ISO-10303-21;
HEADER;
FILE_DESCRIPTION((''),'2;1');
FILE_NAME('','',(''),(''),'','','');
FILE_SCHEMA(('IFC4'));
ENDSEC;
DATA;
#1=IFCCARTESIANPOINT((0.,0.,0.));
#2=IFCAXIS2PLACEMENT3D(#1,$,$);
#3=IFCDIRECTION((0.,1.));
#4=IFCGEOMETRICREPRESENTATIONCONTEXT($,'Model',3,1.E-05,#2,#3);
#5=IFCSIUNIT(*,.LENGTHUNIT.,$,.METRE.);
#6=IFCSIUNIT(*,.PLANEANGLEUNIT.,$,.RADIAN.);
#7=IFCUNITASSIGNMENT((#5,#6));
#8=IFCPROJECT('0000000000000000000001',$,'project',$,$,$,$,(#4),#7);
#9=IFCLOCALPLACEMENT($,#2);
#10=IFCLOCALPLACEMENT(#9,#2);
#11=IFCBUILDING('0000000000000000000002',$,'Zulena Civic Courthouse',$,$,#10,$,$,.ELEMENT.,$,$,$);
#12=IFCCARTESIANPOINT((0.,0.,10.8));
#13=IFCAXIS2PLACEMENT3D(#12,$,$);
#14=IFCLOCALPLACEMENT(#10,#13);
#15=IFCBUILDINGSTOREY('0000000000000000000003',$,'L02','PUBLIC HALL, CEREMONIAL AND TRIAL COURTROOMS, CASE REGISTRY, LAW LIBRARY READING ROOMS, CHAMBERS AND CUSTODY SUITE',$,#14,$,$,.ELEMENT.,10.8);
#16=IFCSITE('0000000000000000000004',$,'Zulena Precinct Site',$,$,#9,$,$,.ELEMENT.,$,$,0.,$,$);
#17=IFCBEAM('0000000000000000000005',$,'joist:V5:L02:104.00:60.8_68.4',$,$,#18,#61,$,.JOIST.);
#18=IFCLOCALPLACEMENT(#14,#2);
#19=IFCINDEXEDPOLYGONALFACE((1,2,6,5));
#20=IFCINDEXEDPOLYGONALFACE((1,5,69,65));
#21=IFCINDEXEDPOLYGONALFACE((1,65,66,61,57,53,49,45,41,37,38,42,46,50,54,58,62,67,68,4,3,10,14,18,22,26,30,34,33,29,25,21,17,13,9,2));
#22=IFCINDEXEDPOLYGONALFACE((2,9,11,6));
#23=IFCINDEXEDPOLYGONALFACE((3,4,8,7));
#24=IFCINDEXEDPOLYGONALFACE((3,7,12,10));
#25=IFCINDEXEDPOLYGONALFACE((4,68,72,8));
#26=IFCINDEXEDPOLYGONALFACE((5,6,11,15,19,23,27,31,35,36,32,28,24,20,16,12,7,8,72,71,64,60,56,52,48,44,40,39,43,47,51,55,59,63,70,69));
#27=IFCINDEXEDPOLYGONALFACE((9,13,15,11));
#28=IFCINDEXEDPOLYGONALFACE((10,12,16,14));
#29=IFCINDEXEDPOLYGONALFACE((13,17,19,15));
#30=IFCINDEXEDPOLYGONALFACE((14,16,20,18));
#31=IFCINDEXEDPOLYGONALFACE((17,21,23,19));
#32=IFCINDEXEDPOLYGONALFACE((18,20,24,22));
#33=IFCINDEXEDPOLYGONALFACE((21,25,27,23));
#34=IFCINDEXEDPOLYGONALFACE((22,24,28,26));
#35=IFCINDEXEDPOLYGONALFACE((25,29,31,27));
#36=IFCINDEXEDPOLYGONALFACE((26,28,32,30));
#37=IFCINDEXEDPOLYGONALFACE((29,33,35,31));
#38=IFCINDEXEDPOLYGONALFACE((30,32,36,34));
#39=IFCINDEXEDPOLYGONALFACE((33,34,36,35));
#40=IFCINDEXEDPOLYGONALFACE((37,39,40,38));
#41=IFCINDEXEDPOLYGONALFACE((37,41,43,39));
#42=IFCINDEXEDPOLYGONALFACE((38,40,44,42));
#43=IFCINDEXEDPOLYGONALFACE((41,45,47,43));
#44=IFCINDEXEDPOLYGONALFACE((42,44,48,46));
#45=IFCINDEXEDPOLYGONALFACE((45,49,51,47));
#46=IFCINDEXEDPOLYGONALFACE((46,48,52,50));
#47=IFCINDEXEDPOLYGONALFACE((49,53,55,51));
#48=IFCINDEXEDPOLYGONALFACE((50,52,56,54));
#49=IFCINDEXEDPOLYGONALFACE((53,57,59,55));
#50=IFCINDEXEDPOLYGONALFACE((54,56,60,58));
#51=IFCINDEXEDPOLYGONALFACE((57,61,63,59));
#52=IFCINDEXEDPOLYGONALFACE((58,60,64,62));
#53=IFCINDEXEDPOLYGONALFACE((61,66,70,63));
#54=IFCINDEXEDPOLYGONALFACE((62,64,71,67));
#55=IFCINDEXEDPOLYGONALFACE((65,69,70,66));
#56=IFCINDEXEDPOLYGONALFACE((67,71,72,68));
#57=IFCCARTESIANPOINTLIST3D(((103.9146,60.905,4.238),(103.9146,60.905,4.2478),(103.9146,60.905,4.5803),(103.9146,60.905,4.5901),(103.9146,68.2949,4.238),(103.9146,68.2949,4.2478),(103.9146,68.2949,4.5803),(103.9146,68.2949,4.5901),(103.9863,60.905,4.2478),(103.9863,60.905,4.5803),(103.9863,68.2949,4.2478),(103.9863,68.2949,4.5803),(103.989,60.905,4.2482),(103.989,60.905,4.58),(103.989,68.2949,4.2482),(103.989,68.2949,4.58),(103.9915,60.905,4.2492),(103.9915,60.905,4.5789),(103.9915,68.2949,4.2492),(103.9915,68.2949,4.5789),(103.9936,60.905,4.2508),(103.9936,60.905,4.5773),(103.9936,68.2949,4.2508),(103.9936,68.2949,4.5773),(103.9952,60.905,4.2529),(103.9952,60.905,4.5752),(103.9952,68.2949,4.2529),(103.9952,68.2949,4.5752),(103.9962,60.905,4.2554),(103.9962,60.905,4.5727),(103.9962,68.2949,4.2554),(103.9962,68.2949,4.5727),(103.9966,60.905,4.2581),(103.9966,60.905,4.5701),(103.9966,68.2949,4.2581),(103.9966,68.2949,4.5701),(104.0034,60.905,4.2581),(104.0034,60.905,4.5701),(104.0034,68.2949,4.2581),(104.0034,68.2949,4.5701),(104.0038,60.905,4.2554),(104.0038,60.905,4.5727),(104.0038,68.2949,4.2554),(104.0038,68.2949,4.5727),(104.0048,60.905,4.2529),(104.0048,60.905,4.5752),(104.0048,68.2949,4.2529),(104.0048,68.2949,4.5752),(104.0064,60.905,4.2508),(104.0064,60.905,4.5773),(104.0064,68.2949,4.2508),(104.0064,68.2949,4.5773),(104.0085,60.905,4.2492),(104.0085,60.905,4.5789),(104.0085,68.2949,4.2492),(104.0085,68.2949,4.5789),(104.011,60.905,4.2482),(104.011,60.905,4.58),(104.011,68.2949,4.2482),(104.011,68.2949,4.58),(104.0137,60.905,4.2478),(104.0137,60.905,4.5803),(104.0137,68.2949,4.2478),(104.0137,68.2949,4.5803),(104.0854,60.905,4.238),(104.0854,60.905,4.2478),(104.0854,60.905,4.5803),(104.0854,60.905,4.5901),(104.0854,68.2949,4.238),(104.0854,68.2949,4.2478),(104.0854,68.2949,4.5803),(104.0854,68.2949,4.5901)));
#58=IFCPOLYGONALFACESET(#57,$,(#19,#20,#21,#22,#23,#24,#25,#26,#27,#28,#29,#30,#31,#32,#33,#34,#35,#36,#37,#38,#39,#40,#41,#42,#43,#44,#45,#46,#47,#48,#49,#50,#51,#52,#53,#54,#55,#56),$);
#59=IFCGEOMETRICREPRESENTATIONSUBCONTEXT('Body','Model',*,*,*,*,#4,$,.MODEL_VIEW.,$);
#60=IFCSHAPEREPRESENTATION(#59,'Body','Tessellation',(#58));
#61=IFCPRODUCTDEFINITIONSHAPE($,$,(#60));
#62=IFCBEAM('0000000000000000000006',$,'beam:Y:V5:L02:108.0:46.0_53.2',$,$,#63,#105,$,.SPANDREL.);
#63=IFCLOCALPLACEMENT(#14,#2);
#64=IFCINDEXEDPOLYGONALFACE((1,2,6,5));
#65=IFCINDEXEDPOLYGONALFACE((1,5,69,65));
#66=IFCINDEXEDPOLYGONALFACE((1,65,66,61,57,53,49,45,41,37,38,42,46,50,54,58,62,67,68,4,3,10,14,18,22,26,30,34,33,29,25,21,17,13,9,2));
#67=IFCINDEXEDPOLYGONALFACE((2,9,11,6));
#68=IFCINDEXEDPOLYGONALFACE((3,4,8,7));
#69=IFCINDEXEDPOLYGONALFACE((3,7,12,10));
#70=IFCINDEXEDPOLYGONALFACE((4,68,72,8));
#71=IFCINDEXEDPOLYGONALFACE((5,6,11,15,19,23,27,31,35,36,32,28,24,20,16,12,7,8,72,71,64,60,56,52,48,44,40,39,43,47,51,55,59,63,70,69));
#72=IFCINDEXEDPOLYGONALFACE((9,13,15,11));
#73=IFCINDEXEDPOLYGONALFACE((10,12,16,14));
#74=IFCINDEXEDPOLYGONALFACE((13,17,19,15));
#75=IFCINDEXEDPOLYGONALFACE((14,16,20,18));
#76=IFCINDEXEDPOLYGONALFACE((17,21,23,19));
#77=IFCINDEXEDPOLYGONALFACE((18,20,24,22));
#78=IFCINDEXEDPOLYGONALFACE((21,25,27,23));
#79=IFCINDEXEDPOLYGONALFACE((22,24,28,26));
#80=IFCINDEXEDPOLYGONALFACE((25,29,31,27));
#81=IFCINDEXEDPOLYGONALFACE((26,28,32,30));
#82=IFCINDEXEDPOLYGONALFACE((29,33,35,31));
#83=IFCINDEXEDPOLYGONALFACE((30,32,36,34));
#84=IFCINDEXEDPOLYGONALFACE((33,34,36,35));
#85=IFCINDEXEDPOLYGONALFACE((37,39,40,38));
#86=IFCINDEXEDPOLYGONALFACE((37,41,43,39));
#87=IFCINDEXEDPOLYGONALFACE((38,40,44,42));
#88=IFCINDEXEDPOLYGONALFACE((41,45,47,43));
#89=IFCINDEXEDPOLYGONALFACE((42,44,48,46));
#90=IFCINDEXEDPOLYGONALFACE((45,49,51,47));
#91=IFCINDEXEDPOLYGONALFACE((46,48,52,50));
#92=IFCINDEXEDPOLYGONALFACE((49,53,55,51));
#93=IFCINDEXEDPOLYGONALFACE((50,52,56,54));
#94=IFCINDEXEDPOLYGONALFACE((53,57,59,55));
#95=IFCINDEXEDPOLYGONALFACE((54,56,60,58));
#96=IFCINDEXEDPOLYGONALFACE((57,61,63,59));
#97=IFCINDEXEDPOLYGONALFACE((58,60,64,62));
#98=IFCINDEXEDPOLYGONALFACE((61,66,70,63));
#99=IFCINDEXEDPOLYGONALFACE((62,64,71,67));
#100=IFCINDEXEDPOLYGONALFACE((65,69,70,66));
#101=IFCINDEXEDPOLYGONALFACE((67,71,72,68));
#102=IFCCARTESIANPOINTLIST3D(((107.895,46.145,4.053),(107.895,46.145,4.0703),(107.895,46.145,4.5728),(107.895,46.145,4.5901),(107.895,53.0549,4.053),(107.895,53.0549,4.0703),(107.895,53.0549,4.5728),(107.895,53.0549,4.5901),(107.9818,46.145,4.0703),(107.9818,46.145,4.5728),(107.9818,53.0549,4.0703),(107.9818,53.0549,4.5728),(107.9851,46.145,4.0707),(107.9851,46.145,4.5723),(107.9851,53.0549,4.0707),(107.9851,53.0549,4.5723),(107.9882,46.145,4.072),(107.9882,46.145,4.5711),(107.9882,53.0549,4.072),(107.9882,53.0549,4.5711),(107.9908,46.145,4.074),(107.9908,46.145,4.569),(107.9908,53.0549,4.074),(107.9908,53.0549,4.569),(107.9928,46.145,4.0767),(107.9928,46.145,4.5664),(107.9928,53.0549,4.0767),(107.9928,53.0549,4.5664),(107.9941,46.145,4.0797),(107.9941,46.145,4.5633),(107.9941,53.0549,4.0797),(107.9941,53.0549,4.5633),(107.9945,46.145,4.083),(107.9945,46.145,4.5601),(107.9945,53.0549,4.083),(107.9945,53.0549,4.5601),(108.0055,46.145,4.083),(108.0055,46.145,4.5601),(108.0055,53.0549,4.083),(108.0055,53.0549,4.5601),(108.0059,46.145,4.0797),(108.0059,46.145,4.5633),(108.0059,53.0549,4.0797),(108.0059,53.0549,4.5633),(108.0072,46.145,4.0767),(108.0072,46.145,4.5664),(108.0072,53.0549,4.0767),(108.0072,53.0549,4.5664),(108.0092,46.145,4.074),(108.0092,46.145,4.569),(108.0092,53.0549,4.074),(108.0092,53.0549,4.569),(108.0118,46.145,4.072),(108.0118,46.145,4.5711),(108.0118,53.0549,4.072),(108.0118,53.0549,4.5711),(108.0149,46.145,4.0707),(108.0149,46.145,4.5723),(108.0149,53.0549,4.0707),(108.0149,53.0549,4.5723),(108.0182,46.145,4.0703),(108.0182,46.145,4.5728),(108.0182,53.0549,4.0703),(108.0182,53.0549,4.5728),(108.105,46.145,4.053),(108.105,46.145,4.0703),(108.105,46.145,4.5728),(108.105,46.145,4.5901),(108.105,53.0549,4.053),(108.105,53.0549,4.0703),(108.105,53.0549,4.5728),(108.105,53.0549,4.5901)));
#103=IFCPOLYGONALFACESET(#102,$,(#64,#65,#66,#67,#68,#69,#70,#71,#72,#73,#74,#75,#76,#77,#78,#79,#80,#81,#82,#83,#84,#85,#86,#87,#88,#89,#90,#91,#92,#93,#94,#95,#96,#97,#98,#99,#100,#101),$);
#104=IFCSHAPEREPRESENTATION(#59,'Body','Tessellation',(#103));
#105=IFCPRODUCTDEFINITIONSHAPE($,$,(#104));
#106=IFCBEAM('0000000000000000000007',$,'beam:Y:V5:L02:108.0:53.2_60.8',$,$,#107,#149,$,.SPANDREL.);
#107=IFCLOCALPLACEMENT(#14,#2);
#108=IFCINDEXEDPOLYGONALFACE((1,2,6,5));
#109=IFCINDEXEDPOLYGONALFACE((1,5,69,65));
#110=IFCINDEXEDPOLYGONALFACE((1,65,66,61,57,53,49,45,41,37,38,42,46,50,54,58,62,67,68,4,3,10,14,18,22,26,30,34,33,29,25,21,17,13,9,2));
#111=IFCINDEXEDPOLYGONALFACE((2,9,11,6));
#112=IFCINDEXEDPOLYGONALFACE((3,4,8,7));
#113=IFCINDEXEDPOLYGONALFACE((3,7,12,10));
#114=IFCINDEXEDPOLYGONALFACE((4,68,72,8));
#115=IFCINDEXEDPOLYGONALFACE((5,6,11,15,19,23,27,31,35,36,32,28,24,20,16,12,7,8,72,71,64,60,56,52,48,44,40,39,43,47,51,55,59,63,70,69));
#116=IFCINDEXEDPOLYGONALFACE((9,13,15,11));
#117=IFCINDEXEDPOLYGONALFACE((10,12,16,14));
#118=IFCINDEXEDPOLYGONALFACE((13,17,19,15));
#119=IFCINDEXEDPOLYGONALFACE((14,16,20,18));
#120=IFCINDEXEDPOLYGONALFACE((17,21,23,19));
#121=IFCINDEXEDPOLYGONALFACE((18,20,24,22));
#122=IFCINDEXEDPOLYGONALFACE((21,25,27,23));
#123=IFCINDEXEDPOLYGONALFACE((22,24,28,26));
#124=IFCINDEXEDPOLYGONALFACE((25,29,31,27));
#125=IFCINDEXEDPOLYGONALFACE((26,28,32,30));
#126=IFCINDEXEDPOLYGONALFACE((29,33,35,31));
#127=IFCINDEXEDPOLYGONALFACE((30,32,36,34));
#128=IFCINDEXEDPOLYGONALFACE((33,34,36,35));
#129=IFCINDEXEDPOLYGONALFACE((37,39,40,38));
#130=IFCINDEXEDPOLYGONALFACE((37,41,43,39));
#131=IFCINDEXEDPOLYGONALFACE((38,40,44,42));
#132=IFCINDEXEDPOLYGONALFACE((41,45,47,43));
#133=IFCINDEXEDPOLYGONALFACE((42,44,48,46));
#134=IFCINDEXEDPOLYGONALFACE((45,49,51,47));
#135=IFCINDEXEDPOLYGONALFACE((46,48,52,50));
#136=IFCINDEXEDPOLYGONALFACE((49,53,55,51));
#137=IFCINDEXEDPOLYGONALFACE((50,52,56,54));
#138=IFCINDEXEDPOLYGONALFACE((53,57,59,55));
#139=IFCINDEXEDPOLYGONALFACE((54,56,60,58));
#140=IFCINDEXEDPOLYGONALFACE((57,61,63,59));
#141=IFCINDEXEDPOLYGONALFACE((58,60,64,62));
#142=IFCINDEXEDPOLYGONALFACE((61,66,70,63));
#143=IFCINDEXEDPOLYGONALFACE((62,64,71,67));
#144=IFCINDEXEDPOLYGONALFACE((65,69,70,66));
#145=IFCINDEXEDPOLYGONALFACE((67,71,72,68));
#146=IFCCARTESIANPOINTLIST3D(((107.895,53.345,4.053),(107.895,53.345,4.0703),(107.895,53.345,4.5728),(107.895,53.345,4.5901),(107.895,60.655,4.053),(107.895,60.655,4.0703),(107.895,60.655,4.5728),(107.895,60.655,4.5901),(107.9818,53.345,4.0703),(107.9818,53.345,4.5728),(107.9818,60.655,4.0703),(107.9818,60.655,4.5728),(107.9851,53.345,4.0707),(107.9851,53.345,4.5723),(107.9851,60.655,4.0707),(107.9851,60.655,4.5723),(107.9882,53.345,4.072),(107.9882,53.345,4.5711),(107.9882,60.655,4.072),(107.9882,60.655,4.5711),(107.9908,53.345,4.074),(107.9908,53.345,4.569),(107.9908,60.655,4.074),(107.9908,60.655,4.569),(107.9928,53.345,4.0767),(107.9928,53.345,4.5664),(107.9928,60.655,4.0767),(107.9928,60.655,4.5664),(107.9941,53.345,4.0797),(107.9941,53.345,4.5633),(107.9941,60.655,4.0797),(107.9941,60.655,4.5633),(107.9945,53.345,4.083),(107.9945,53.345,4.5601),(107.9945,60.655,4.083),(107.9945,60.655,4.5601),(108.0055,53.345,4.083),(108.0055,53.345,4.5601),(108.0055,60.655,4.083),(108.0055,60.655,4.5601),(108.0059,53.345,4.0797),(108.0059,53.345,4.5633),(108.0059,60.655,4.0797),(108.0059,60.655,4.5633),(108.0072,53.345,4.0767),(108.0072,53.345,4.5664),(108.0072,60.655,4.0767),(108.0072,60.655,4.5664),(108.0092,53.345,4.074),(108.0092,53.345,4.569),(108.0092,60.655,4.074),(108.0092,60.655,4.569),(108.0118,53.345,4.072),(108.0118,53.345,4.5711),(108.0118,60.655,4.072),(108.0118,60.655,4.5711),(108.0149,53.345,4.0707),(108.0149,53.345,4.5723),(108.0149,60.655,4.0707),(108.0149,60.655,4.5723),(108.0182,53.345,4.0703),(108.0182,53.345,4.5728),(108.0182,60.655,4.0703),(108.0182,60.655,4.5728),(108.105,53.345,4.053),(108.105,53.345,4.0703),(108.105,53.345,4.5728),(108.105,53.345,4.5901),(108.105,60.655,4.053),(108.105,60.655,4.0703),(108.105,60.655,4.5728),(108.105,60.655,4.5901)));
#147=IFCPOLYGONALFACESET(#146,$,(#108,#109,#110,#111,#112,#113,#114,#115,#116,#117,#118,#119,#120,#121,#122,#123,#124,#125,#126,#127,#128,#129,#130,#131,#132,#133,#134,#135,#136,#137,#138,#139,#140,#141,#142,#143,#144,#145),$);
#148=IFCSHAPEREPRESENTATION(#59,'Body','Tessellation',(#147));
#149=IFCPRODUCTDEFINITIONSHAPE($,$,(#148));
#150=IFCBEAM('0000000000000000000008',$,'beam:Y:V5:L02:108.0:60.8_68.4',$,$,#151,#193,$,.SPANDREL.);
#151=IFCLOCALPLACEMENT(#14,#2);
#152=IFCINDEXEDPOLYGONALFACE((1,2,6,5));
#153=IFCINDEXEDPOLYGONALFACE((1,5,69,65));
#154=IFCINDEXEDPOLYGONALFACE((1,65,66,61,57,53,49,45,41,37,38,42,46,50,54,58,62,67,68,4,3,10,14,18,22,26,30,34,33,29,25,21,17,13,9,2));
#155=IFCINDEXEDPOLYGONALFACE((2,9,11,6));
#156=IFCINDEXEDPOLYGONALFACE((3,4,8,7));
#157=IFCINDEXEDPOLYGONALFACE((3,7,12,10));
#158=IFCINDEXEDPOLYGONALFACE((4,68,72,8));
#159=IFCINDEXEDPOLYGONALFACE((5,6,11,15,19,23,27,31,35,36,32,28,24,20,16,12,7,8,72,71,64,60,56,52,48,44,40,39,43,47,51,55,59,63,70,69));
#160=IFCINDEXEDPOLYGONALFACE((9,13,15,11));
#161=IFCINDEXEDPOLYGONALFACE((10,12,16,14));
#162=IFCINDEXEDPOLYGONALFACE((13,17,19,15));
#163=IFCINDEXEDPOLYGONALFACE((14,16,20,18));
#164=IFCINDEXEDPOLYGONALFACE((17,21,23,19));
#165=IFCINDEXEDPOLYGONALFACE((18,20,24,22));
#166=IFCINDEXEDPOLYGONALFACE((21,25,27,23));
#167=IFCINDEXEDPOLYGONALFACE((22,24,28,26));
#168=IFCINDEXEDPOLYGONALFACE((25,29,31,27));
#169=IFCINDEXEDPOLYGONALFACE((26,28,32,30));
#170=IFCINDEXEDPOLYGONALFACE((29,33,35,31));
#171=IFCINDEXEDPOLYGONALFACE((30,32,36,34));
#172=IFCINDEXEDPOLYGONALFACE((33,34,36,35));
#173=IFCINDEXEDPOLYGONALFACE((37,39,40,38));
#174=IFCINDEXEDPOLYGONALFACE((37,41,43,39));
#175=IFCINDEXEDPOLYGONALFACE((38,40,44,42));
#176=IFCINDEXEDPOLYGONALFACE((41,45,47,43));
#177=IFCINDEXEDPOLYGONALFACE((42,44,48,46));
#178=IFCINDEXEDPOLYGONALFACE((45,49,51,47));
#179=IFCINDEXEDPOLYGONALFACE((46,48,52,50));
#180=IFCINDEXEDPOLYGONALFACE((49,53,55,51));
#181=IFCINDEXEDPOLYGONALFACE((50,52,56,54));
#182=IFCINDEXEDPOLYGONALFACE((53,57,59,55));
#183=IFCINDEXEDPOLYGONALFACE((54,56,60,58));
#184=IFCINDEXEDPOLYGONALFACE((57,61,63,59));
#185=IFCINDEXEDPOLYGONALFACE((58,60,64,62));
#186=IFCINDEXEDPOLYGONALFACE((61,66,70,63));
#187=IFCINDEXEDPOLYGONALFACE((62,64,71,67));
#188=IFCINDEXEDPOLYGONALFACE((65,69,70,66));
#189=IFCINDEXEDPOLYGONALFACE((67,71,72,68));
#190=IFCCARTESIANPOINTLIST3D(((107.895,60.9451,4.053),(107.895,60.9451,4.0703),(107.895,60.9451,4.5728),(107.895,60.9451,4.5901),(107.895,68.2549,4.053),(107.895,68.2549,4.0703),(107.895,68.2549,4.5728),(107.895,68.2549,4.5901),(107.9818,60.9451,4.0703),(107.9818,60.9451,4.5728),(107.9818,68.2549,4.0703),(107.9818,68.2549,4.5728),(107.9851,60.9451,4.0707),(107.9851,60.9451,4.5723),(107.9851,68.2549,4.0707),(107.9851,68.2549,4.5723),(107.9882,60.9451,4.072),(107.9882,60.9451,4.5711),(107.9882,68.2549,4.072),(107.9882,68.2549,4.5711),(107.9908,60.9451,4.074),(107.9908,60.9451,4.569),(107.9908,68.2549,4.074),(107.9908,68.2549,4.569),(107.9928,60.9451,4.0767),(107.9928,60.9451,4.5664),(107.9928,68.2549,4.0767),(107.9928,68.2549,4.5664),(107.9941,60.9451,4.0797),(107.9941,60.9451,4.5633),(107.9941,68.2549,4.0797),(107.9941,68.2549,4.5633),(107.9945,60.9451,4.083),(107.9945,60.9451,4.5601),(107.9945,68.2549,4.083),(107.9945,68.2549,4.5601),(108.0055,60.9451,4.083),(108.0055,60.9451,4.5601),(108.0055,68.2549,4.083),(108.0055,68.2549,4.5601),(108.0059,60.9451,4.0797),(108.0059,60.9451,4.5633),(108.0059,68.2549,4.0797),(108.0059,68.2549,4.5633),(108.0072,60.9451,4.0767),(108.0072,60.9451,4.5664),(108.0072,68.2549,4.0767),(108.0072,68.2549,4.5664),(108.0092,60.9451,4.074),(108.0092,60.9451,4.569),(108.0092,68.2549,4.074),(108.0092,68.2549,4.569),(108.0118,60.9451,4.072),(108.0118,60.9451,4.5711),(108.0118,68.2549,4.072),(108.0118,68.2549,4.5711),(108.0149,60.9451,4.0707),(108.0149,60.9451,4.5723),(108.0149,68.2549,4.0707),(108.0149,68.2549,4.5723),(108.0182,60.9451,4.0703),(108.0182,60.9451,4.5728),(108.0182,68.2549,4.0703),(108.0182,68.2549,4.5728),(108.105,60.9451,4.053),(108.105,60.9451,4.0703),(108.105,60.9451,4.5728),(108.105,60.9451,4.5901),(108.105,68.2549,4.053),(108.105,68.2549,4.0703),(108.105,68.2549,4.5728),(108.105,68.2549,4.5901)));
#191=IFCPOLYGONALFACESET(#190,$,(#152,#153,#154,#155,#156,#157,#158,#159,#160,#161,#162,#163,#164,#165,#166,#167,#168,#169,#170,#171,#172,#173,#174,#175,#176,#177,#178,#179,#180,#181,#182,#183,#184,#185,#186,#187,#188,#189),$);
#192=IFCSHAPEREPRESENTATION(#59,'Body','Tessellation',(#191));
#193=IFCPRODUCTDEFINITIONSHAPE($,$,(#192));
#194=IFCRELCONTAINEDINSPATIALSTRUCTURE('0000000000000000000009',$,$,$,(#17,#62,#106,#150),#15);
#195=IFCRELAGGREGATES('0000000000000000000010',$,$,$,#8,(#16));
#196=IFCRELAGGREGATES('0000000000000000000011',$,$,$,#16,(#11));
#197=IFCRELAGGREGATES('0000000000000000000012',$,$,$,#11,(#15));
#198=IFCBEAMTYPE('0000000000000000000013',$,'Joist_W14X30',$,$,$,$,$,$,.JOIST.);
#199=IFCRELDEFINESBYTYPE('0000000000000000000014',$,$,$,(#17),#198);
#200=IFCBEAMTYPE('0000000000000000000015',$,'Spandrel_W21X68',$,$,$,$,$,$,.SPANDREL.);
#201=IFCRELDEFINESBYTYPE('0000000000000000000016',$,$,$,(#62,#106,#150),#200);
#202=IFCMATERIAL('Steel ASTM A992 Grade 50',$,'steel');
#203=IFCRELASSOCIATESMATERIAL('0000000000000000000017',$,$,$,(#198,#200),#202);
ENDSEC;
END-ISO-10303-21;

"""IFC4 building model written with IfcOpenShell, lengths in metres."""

from ifc_helpers import new_model, si_unit, direction, frame, origin, origin_2d, place, context, subcontext, project, spatial, i_section, extrude, material, material_profile, profile_set, type_object, element, save


model = new_model("IFC4")

# Units and contexts
model_context = context("Model", 3, precision=1e-05, world=origin(), true_north=direction((0.0, 1.0)))
body_context = subcontext(model_context, "Body", "Model", "MODEL_VIEW")
ifc_project = project(units=[si_unit("LENGTHUNIT", "METRE"), si_unit("PLANEANGLEUNIT", "RADIAN")], contexts=[model_context])

# Site, building, storey
site_placement = place(None, origin())
site = spatial("IfcSite", under=ifc_project, at=site_placement, Name="Zulena Precinct Site", CompositionType="ELEMENT", RefElevation=0.0)
building_placement = place(site_placement, origin())
building = spatial("IfcBuilding", under=site, at=building_placement, Name="Zulena Civic Courthouse", CompositionType="ELEMENT")
storey_placement = place(building_placement, frame((0.0, 0.0, 10.8)))
storey = spatial("IfcBuildingStorey", under=building, at=storey_placement, Name="L02", Description="PUBLIC HALL, CEREMONIAL AND TRIAL COURTROOMS, CASE REGISTRY, LAW LIBRARY READING ROOMS, CHAMBERS AND CUSTODY SUITE", CompositionType="ELEMENT", Elevation=10.8)

# Shared definitions
ifc_material_1 = material(Name="Steel ASTM A992 Grade 50", Category="steel")

# Beams
ifc_material_profile_1 = material_profile(ifc_material_1, i_section(OverallWidth=0.1709, OverallDepth=0.3521, WebThickness=0.0068, FlangeThickness=0.0098, FilletRadius=0.0103, at=origin_2d()), Name="W14X30")
ifc_profile_set_1 = profile_set([ifc_material_profile_1], Name="Steel ASTM A992 Grade 50")
beam_type_1 = type_object("IfcBeamType", Name="Joist_W14X30", PredefinedType="JOIST", material=ifc_profile_set_1)
beam_1_placement = place(storey_placement, frame((104.0, 60.905, 4.4141), z_axis=(0.0, 1.0, 0.0), x_axis=(-1.0, 0.0, 0.0)))
element("IfcBeam", 1, at=beam_1_placement, inside=storey, type_object=beam_type_1, Name="joist:V5:L02:104.00:60.8_68.4", PredefinedType="JOIST", context=body_context, shape_type="SweptSolid", body=[
    extrude(i_section(OverallWidth=0.1709, OverallDepth=0.3521, WebThickness=0.0068, FlangeThickness=0.0098, FilletRadius=0.0103, at=origin_2d()), origin(), (0.0, 0.0, 1.0), 7.3899),
])
ifc_material_profile_2 = material_profile(ifc_material_1, i_section(OverallWidth=0.21, OverallDepth=0.5371, WebThickness=0.011, FlangeThickness=0.0173, FilletRadius=0.0127, at=origin_2d()), Name="W21X68")
ifc_profile_set_2 = profile_set([ifc_material_profile_2], Name="Steel ASTM A992 Grade 50")
beam_type_2 = type_object("IfcBeamType", Name="Spandrel_W21X68", PredefinedType="SPANDREL", material=ifc_profile_set_2)
beam_2_placement = place(storey_placement, frame((108.0, 46.145, 4.3215), z_axis=(0.0, 1.0, 0.0), x_axis=(-1.0, 0.0, 0.0)))
element("IfcBeam", 2, at=beam_2_placement, inside=storey, type_object=beam_type_2, Name="beam:Y:V5:L02:108.0:46.0_53.2", PredefinedType="SPANDREL", context=body_context, shape_type="SweptSolid", body=[
    extrude(i_section(OverallWidth=0.21, OverallDepth=0.5371, WebThickness=0.011, FlangeThickness=0.0173, FilletRadius=0.0127, at=origin_2d()), origin(), (0.0, 0.0, 1.0), 6.9099),
])
beam_3_placement = place(storey_placement, frame((108.0, 53.345, 4.3215), z_axis=(0.0, 1.0, 0.0), x_axis=(-1.0, 0.0, 0.0)))
element("IfcBeam", 3, at=beam_3_placement, inside=storey, type_object=beam_type_2, Name="beam:Y:V5:L02:108.0:53.2_60.8", PredefinedType="SPANDREL", context=body_context, shape_type="SweptSolid", body=[
    extrude(i_section(OverallWidth=0.21, OverallDepth=0.5371, WebThickness=0.011, FlangeThickness=0.0173, FilletRadius=0.0127, at=origin_2d()), origin(), (0.0, 0.0, 1.0), 7.3101),
])
beam_4_placement = place(storey_placement, frame((108.0, 60.9451, 4.3215), z_axis=(0.0, 1.0, 0.0), x_axis=(-1.0, 0.0, 0.0)))
element("IfcBeam", 4, at=beam_4_placement, inside=storey, type_object=beam_type_2, Name="beam:Y:V5:L02:108.0:60.8_68.4", PredefinedType="SPANDREL", context=body_context, shape_type="SweptSolid", body=[
    extrude(i_section(OverallWidth=0.21, OverallDepth=0.5371, WebThickness=0.011, FlangeThickness=0.0173, FilletRadius=0.0127, at=origin_2d()), origin(), (0.0, 0.0, 1.0), 7.3098),
])

save(model, "model.ifc")
